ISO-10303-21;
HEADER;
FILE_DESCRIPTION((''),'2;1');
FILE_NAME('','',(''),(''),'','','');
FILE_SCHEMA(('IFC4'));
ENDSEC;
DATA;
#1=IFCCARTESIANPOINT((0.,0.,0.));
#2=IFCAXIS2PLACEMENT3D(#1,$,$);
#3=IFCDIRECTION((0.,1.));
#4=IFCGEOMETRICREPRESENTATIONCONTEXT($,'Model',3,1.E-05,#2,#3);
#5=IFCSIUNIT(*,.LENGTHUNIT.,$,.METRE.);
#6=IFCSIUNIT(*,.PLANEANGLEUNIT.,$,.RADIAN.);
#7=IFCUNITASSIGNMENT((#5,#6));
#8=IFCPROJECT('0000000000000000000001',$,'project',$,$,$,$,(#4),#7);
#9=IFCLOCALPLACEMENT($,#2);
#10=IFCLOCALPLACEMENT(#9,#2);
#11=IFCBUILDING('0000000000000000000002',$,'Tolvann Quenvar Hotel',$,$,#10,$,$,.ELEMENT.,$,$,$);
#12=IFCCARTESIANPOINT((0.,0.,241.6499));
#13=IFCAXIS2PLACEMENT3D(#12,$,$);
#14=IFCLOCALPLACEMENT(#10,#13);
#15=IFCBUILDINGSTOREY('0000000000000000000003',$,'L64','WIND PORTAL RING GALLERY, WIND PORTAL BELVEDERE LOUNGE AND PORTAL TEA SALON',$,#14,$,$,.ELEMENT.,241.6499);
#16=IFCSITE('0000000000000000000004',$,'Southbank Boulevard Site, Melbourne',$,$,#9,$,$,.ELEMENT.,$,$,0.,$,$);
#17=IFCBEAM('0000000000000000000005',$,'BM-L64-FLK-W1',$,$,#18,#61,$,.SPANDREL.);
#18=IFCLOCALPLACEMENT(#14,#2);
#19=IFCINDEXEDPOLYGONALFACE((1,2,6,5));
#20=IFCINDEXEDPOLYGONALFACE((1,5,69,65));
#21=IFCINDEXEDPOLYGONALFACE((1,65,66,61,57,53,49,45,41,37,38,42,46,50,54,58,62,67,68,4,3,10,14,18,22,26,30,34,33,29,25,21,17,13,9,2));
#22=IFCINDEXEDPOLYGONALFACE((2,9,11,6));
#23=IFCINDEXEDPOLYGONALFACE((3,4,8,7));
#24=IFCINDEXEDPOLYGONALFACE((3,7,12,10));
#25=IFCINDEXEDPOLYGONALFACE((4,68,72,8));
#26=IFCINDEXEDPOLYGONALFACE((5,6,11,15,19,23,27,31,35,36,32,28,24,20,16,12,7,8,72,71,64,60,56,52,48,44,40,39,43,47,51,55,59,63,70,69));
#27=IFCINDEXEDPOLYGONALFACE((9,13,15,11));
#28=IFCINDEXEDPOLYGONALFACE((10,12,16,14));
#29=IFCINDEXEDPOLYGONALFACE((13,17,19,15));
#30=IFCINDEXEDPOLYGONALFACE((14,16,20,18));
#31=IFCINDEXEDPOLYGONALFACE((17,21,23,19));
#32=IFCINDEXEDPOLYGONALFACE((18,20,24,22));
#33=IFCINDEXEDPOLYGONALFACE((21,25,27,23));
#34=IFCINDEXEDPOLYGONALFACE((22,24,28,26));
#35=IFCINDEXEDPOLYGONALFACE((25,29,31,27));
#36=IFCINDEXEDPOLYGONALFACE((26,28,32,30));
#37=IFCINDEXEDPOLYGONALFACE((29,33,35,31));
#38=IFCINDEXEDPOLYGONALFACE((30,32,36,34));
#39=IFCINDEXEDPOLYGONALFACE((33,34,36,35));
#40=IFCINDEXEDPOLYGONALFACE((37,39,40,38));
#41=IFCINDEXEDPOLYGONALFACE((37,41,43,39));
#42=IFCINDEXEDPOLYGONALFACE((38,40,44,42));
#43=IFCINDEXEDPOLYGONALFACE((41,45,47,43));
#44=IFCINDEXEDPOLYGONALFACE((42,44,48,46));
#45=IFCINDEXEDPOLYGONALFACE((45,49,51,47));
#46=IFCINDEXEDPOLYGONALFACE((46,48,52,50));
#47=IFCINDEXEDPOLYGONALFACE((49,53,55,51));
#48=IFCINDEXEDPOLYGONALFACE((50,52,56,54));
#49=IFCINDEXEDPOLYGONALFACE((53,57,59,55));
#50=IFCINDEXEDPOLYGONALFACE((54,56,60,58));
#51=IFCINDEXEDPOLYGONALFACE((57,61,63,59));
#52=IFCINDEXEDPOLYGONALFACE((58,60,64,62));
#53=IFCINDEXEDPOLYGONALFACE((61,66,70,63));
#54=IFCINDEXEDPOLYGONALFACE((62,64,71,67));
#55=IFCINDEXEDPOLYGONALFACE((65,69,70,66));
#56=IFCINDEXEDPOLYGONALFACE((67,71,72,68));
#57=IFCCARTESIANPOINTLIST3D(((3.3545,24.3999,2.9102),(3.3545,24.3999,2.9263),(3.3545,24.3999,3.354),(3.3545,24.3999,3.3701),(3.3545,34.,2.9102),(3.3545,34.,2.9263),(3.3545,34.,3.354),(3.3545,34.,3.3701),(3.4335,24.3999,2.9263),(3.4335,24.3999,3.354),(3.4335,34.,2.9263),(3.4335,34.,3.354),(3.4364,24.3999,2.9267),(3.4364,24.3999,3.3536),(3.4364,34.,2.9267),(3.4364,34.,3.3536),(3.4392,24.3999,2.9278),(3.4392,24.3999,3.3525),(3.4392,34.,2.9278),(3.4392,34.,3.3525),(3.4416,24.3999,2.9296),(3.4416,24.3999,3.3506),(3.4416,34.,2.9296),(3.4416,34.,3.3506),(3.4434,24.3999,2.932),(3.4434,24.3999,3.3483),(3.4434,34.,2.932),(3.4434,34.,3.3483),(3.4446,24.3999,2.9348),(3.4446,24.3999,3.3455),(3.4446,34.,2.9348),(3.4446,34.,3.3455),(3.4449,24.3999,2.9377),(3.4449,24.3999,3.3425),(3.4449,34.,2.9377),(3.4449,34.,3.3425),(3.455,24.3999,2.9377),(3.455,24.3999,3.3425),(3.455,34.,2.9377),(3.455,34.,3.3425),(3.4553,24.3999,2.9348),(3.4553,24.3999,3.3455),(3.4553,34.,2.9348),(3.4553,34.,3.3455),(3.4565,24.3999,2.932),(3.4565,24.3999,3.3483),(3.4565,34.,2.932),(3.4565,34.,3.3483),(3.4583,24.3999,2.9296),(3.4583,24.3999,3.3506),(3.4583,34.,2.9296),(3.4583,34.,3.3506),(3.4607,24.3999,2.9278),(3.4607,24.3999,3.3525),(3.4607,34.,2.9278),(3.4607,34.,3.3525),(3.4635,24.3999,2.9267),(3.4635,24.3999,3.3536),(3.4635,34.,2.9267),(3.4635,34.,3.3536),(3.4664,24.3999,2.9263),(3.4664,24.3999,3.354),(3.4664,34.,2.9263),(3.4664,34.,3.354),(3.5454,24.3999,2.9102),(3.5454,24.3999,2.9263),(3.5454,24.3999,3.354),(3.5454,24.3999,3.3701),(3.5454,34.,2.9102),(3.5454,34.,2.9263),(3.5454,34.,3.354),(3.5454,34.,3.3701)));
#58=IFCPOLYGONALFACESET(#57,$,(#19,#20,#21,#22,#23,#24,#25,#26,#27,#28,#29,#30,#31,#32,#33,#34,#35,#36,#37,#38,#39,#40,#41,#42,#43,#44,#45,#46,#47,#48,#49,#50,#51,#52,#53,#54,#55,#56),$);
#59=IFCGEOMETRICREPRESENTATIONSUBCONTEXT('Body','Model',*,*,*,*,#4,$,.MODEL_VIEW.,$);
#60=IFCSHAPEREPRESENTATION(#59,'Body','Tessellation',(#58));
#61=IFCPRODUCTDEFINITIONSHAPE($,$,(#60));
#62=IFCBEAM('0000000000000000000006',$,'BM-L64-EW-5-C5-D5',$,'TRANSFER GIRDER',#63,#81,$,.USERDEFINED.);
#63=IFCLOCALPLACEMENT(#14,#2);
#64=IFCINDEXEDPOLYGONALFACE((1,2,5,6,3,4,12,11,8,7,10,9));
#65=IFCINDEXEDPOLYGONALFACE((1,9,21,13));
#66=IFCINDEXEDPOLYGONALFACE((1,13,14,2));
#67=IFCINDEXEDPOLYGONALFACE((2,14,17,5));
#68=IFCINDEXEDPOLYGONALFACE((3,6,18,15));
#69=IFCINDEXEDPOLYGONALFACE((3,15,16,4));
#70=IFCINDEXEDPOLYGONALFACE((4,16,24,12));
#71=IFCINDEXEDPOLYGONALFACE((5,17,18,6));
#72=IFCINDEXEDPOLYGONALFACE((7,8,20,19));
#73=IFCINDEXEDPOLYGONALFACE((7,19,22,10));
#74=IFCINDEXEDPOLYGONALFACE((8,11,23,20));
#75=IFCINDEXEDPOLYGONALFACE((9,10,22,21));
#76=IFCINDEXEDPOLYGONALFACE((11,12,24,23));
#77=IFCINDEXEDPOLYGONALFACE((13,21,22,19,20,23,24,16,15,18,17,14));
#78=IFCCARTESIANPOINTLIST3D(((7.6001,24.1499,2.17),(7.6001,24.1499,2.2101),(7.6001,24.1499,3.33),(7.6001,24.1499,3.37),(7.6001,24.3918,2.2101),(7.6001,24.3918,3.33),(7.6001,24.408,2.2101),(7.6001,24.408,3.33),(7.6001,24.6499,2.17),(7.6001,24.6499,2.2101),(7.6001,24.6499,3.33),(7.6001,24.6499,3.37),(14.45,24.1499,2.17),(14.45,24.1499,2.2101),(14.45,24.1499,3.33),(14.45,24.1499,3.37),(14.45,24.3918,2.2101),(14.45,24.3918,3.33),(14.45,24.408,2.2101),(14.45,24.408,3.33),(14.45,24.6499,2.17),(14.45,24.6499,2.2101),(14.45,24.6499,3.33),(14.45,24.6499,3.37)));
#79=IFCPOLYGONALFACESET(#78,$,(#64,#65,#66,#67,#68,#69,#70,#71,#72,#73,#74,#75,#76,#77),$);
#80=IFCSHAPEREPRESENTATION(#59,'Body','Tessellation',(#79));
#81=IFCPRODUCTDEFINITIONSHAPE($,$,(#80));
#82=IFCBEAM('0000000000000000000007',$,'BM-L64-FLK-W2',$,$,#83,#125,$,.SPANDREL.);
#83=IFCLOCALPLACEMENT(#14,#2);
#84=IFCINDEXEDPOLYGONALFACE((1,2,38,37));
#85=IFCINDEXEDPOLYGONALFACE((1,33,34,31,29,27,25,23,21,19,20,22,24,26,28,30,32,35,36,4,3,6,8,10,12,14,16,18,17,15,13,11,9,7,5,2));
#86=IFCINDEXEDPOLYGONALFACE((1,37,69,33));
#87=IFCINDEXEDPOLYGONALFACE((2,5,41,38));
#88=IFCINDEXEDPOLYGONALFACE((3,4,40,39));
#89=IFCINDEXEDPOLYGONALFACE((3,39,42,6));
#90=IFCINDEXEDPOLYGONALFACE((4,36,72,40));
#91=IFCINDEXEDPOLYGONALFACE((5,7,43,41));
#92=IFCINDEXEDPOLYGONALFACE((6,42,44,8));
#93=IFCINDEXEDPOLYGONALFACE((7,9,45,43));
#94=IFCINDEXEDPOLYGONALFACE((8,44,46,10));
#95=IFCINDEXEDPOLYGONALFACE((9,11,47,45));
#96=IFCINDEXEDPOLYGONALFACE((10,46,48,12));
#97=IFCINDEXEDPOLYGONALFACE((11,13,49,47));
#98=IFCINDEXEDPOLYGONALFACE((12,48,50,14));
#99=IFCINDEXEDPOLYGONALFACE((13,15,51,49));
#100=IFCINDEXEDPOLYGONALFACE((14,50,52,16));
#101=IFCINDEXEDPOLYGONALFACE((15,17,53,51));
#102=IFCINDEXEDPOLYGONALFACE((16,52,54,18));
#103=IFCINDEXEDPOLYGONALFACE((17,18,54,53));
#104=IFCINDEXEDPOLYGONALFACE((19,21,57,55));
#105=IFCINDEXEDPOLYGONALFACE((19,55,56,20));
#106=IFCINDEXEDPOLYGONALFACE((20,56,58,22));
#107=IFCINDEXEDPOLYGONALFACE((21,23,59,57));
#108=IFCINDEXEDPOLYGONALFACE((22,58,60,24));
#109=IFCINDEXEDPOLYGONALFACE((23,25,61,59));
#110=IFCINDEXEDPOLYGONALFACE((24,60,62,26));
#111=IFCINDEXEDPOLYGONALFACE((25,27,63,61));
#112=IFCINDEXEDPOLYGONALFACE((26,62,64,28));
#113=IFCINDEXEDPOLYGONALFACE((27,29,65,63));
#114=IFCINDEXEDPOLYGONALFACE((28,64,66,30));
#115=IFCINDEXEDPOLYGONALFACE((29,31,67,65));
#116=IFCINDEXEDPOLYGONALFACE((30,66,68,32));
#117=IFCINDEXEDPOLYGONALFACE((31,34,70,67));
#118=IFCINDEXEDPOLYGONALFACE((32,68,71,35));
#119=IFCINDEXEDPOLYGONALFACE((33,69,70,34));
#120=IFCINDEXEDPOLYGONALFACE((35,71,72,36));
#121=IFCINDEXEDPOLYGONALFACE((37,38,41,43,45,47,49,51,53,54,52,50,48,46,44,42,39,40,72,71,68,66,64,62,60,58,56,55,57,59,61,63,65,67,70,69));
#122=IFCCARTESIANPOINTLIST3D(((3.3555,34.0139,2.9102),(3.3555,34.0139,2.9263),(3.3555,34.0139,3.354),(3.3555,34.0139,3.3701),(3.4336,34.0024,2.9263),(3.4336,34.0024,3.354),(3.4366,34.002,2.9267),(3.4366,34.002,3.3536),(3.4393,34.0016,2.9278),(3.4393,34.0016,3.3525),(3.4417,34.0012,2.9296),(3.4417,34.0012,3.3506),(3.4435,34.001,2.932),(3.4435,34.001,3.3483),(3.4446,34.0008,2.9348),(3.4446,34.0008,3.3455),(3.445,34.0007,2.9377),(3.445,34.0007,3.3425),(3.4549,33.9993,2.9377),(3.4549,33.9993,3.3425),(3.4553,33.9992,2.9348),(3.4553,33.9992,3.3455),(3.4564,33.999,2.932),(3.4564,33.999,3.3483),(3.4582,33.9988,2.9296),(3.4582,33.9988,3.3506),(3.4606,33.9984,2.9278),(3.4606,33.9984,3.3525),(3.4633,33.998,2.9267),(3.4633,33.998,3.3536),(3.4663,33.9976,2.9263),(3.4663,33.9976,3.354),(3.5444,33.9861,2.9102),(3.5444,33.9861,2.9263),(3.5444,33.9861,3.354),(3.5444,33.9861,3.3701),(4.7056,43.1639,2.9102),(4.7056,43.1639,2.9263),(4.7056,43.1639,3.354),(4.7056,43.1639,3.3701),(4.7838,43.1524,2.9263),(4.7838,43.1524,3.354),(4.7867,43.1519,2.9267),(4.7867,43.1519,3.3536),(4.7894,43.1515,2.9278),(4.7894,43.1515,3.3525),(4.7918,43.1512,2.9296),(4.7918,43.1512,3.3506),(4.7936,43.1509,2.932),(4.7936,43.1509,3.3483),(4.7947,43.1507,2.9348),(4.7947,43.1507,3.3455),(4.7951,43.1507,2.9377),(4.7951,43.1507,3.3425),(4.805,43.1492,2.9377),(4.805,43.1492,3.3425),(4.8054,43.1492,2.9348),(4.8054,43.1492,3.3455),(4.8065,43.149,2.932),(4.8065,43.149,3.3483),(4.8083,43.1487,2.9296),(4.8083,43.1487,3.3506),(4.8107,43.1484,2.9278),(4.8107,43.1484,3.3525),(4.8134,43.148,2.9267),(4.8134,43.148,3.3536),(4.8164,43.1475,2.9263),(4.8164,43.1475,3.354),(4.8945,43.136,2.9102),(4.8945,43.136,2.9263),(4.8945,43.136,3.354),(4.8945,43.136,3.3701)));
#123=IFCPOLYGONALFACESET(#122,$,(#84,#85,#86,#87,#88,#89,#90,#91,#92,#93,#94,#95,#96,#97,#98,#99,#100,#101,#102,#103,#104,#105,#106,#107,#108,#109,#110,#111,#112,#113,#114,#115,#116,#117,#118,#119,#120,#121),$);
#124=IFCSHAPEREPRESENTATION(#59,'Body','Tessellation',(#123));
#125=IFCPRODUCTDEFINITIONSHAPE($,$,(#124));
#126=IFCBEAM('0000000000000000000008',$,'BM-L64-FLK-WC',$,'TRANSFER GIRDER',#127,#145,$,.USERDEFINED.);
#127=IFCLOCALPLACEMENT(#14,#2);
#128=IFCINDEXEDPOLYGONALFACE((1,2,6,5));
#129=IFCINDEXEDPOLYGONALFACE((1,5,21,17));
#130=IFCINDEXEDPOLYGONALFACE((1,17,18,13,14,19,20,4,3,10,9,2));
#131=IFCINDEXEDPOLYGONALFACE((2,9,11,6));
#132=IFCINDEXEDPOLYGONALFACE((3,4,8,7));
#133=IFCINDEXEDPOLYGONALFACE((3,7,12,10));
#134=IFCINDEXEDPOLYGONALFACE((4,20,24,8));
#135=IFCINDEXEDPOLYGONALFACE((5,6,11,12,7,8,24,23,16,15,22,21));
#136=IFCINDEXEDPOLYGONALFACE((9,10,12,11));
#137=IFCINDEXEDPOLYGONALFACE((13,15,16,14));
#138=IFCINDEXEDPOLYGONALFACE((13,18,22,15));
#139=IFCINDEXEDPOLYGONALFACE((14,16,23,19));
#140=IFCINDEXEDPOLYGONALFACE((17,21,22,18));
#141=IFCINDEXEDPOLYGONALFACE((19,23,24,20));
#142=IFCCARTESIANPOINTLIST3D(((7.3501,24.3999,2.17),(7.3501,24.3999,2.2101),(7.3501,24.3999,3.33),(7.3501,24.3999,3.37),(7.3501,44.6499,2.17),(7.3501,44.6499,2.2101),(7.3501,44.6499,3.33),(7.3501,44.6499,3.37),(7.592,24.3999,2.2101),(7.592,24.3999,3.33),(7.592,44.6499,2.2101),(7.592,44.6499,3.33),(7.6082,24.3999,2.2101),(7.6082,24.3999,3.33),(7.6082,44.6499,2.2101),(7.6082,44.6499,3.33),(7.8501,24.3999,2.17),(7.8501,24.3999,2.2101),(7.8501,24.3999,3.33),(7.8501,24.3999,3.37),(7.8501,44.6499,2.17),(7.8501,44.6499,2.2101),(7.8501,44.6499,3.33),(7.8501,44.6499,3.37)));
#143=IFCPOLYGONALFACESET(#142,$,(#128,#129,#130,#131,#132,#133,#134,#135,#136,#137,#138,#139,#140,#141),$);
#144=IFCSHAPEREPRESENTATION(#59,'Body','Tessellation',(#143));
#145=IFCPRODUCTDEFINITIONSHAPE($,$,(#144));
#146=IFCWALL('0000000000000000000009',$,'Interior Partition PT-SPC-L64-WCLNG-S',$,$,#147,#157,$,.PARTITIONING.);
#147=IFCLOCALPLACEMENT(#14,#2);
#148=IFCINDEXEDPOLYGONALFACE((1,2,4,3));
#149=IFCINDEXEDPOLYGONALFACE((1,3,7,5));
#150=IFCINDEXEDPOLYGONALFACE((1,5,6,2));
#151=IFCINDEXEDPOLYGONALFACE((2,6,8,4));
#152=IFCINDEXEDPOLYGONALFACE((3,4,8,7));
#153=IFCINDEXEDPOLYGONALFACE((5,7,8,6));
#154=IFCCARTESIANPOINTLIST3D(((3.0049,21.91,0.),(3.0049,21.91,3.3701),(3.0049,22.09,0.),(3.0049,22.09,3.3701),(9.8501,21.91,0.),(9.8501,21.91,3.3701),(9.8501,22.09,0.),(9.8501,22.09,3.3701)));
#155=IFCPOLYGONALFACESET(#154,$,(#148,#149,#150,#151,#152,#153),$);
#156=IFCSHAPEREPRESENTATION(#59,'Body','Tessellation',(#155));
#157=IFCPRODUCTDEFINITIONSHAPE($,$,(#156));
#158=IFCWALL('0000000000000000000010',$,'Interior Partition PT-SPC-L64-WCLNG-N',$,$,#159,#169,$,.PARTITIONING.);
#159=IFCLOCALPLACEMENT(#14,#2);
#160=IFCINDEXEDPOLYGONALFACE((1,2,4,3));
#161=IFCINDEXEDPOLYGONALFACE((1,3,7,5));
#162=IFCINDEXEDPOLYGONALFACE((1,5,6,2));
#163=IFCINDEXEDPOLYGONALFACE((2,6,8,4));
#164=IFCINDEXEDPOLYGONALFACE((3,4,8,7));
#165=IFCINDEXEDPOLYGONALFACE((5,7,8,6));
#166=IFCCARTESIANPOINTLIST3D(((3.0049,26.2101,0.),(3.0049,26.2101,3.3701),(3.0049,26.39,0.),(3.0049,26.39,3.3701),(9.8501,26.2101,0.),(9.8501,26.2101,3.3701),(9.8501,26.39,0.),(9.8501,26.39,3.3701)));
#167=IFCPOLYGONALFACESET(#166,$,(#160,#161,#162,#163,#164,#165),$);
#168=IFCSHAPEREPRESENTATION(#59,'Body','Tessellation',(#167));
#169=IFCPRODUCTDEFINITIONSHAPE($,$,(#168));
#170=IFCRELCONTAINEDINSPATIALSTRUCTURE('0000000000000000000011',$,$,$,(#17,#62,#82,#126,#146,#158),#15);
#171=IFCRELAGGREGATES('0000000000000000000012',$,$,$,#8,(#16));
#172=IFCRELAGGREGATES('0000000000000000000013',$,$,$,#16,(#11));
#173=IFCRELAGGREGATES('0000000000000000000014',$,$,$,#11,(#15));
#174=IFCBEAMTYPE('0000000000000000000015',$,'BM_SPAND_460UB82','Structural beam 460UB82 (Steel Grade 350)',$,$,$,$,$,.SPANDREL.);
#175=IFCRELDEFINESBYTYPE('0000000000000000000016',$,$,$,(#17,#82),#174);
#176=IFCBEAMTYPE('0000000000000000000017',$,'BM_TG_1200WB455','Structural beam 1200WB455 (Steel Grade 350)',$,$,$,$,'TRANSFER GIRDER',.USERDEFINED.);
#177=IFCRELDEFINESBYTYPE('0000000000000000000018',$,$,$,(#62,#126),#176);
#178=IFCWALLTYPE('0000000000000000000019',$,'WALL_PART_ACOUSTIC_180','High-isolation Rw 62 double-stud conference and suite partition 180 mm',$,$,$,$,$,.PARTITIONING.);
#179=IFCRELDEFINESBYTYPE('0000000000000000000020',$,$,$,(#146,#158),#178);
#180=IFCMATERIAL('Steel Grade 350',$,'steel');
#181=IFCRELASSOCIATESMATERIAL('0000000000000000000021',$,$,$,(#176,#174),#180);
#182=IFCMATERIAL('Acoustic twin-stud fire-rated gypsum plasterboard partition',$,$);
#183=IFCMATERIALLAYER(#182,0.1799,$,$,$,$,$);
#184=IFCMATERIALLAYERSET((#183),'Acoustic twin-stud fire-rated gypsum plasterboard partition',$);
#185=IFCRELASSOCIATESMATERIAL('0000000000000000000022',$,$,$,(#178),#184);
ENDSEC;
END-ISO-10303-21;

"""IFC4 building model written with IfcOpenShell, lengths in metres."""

from ifc_helpers import new_model, si_unit, direction, frame, frame_2d, origin, origin_2d, place, context, subcontext, project, spatial, rectangle, i_section, extrude, source, transform, mapped, material, layer, layer_set, material_profile, profile_set, type_object, type_shapes, element, save


model = new_model("IFC4")

# Units and contexts
model_context = context("Model", 3, precision=1e-05, world=origin(), true_north=direction((0.0, 1.0)))
body_context = subcontext(model_context, "Body", "Model", "MODEL_VIEW")
ifc_project = project(units=[si_unit("LENGTHUNIT", "METRE"), si_unit("PLANEANGLEUNIT", "RADIAN")], contexts=[model_context])

# Site, building, storey
site_placement = place(None, origin())
site = spatial("IfcSite", under=ifc_project, at=site_placement, Name="Southbank Boulevard Site, Melbourne", CompositionType="ELEMENT", RefElevation=0.0)
building_placement = place(site_placement, origin())
building = spatial("IfcBuilding", under=site, at=building_placement, Name="Tolvann Quenvar Hotel", CompositionType="ELEMENT")
storey_placement = place(building_placement, frame((0.0, 0.0, 241.6499)))
storey = spatial("IfcBuildingStorey", under=building, at=storey_placement, Name="L64", Description="WIND PORTAL RING GALLERY, WIND PORTAL BELVEDERE LOUNGE AND PORTAL TEA SALON", CompositionType="ELEMENT", Elevation=241.6499)

# Shared definitions
ifc_material_1 = material(Name="Steel Grade 350", Category="steel")

# Beams
ifc_material_profile_1 = material_profile(ifc_material_1, i_section(OverallWidth=0.5, OverallDepth=1.2, WebThickness=0.0161, FlangeThickness=0.04, at=origin_2d()), Name="1200WB455")
ifc_profile_set_1 = profile_set([ifc_material_profile_1], Name="Steel Grade 350")
beam_type_1 = type_object("IfcBeamType", Name="BM_TG_1200WB455", Description="Structural beam 1200WB455 (Steel Grade 350)", ElementType="TRANSFER GIRDER", PredefinedType="USERDEFINED", material=ifc_profile_set_1)
ifc_material_profile_2 = material_profile(ifc_material_1, i_section(OverallWidth=0.1909, OverallDepth=0.46, WebThickness=0.01, FlangeThickness=0.0161, FilletRadius=0.0115, at=origin_2d()), Name="460UB82")
ifc_profile_set_2 = profile_set([ifc_material_profile_2], Name="Steel Grade 350")
beam_type_2 = type_object("IfcBeamType", Name="BM_SPAND_460UB82", Description="Structural beam 460UB82 (Steel Grade 350)", PredefinedType="SPANDREL", material=ifc_profile_set_2)
shared_shape_1 = source(origin(), body_context, "Body", "SweptSolid", [
    extrude(i_section(OverallWidth=0.1909, OverallDepth=0.46, WebThickness=0.01, FlangeThickness=0.0161, FilletRadius=0.0115, at=origin_2d()), origin(), (0.0, 0.0, 1.0), 9.6001),
])
beam_1_placement = place(storey_placement, frame((3.45, 24.3999, 3.1401), z_axis=(0.0, 1.0, 0.0), x_axis=(-1.0, 0.0, 0.0)))
element("IfcBeam", 1, at=beam_1_placement, inside=storey, type_object=beam_type_2, Name="BM-L64-FLK-W1", PredefinedType="SPANDREL", context=body_context, shape_type="MappedRepresentation", body=[
    mapped(shared_shape_1, transform((0.0, 0.0, 0.0), x_axis=(1.0, 0.0, 0.0), y_axis=(0.0, 1.0, 0.0), z_axis=(0.0, 0.0, 1.0), scale=1.0)),
])
shared_shape_2 = source(origin(), body_context, "Body", "SweptSolid", [
    extrude(i_section(OverallWidth=0.5, OverallDepth=1.2, WebThickness=0.0161, FlangeThickness=0.04, at=origin_2d()), origin(), (0.0, 0.0, 1.0), 6.8499),
])
beam_2_placement = place(storey_placement, frame((7.6001, 24.3999, 2.77), z_axis=(1.0, 0.0, 0.0), x_axis=(0.0, 1.0, 0.0)))
element("IfcBeam", 2, at=beam_2_placement, inside=storey, type_object=beam_type_1, Name="BM-L64-EW-5-C5-D5", ObjectType="TRANSFER GIRDER", PredefinedType="USERDEFINED", context=body_context, shape_type="MappedRepresentation", body=[
    mapped(shared_shape_2, transform((0.0, 0.0, 0.0), x_axis=(1.0, 0.0, 0.0), y_axis=(0.0, 1.0, 0.0), z_axis=(0.0, 0.0, 1.0), scale=1.0)),
])
shared_shape_3 = source(origin(), body_context, "Body", "SweptSolid", [
    extrude(i_section(OverallWidth=0.1909, OverallDepth=0.46, WebThickness=0.01, FlangeThickness=0.0161, FilletRadius=0.0115, at=origin_2d()), origin(), (0.0, 0.0, 1.0), 9.249),
])
type_shapes(beam_type_2, [shared_shape_1, shared_shape_3])
beam_3_placement = place(storey_placement, frame((3.45, 34.0, 3.1401), z_axis=(0.145973, 0.989289, 0.0), x_axis=(-0.989289, 0.145973, 0.0)))
element("IfcBeam", 3, at=beam_3_placement, inside=storey, type_object=beam_type_2, Name="BM-L64-FLK-W2", PredefinedType="SPANDREL", context=body_context, shape_type="MappedRepresentation", body=[
    mapped(shared_shape_3, transform((0.0, 0.0, 0.0), x_axis=(1.0, 0.0, 0.0), y_axis=(0.0, 1.0, 0.0), z_axis=(0.0, 0.0, 1.0), scale=1.0)),
])
shared_shape_4 = source(origin(), body_context, "Body", "SweptSolid", [
    extrude(i_section(OverallWidth=0.5, OverallDepth=1.2, WebThickness=0.0161, FlangeThickness=0.04, at=origin_2d()), origin(), (0.0, 0.0, 1.0), 20.25),
])
beam_4_placement = place(storey_placement, frame((7.6001, 24.3999, 2.77), z_axis=(0.0, 1.0, 0.0), x_axis=(-1.0, 0.0, 0.0)))
element("IfcBeam", 4, at=beam_4_placement, inside=storey, type_object=beam_type_1, Name="BM-L64-FLK-WC", ObjectType="TRANSFER GIRDER", PredefinedType="USERDEFINED", context=body_context, shape_type="MappedRepresentation", body=[
    mapped(shared_shape_4, transform((0.0, 0.0, 0.0), x_axis=(1.0, 0.0, 0.0), y_axis=(0.0, 1.0, 0.0), z_axis=(0.0, 0.0, 1.0), scale=1.0)),
])

# Walls
ifc_material_2 = material(Name="Acoustic twin-stud fire-rated gypsum plasterboard partition")
ifc_layer_1 = layer(ifc_material_2, 0.1799)
ifc_layer_set_1 = layer_set([ifc_layer_1], Name="Acoustic twin-stud fire-rated gypsum plasterboard partition")
wall_type_1 = type_object("IfcWallType", Name="WALL_PART_ACOUSTIC_180", Description="High-isolation Rw 62 double-stud conference and suite partition 180 mm", PredefinedType="PARTITIONING", material=ifc_layer_set_1)
for number, where, z_axis, x_axis, name in (
    (5, (3.0049, 22.0, 0.0), (0.0, 0.0, 1.0), (1.0, 0.0, 0.0), "Interior Partition PT-SPC-L64-WCLNG-S"),
    (6, (3.0049, 26.3, 0.0), (0.0, 0.0, 1.0), (1.0, 0.0, 0.0), "Interior Partition PT-SPC-L64-WCLNG-N"),
):
    element("IfcWall", number, at=place(storey_placement, frame(where, z_axis=z_axis, x_axis=x_axis)), inside=storey, type_object=wall_type_1, Name=name, PredefinedType="PARTITIONING", context=body_context, shape_type="SweptSolid", body=[
        extrude(rectangle(XDim=6.8452, YDim=0.1799, at=frame_2d((3.4226, 0.0))), origin(), (0.0, 0.0, 1.0), 3.3701),
    ])

save(model, "model.ifc")
